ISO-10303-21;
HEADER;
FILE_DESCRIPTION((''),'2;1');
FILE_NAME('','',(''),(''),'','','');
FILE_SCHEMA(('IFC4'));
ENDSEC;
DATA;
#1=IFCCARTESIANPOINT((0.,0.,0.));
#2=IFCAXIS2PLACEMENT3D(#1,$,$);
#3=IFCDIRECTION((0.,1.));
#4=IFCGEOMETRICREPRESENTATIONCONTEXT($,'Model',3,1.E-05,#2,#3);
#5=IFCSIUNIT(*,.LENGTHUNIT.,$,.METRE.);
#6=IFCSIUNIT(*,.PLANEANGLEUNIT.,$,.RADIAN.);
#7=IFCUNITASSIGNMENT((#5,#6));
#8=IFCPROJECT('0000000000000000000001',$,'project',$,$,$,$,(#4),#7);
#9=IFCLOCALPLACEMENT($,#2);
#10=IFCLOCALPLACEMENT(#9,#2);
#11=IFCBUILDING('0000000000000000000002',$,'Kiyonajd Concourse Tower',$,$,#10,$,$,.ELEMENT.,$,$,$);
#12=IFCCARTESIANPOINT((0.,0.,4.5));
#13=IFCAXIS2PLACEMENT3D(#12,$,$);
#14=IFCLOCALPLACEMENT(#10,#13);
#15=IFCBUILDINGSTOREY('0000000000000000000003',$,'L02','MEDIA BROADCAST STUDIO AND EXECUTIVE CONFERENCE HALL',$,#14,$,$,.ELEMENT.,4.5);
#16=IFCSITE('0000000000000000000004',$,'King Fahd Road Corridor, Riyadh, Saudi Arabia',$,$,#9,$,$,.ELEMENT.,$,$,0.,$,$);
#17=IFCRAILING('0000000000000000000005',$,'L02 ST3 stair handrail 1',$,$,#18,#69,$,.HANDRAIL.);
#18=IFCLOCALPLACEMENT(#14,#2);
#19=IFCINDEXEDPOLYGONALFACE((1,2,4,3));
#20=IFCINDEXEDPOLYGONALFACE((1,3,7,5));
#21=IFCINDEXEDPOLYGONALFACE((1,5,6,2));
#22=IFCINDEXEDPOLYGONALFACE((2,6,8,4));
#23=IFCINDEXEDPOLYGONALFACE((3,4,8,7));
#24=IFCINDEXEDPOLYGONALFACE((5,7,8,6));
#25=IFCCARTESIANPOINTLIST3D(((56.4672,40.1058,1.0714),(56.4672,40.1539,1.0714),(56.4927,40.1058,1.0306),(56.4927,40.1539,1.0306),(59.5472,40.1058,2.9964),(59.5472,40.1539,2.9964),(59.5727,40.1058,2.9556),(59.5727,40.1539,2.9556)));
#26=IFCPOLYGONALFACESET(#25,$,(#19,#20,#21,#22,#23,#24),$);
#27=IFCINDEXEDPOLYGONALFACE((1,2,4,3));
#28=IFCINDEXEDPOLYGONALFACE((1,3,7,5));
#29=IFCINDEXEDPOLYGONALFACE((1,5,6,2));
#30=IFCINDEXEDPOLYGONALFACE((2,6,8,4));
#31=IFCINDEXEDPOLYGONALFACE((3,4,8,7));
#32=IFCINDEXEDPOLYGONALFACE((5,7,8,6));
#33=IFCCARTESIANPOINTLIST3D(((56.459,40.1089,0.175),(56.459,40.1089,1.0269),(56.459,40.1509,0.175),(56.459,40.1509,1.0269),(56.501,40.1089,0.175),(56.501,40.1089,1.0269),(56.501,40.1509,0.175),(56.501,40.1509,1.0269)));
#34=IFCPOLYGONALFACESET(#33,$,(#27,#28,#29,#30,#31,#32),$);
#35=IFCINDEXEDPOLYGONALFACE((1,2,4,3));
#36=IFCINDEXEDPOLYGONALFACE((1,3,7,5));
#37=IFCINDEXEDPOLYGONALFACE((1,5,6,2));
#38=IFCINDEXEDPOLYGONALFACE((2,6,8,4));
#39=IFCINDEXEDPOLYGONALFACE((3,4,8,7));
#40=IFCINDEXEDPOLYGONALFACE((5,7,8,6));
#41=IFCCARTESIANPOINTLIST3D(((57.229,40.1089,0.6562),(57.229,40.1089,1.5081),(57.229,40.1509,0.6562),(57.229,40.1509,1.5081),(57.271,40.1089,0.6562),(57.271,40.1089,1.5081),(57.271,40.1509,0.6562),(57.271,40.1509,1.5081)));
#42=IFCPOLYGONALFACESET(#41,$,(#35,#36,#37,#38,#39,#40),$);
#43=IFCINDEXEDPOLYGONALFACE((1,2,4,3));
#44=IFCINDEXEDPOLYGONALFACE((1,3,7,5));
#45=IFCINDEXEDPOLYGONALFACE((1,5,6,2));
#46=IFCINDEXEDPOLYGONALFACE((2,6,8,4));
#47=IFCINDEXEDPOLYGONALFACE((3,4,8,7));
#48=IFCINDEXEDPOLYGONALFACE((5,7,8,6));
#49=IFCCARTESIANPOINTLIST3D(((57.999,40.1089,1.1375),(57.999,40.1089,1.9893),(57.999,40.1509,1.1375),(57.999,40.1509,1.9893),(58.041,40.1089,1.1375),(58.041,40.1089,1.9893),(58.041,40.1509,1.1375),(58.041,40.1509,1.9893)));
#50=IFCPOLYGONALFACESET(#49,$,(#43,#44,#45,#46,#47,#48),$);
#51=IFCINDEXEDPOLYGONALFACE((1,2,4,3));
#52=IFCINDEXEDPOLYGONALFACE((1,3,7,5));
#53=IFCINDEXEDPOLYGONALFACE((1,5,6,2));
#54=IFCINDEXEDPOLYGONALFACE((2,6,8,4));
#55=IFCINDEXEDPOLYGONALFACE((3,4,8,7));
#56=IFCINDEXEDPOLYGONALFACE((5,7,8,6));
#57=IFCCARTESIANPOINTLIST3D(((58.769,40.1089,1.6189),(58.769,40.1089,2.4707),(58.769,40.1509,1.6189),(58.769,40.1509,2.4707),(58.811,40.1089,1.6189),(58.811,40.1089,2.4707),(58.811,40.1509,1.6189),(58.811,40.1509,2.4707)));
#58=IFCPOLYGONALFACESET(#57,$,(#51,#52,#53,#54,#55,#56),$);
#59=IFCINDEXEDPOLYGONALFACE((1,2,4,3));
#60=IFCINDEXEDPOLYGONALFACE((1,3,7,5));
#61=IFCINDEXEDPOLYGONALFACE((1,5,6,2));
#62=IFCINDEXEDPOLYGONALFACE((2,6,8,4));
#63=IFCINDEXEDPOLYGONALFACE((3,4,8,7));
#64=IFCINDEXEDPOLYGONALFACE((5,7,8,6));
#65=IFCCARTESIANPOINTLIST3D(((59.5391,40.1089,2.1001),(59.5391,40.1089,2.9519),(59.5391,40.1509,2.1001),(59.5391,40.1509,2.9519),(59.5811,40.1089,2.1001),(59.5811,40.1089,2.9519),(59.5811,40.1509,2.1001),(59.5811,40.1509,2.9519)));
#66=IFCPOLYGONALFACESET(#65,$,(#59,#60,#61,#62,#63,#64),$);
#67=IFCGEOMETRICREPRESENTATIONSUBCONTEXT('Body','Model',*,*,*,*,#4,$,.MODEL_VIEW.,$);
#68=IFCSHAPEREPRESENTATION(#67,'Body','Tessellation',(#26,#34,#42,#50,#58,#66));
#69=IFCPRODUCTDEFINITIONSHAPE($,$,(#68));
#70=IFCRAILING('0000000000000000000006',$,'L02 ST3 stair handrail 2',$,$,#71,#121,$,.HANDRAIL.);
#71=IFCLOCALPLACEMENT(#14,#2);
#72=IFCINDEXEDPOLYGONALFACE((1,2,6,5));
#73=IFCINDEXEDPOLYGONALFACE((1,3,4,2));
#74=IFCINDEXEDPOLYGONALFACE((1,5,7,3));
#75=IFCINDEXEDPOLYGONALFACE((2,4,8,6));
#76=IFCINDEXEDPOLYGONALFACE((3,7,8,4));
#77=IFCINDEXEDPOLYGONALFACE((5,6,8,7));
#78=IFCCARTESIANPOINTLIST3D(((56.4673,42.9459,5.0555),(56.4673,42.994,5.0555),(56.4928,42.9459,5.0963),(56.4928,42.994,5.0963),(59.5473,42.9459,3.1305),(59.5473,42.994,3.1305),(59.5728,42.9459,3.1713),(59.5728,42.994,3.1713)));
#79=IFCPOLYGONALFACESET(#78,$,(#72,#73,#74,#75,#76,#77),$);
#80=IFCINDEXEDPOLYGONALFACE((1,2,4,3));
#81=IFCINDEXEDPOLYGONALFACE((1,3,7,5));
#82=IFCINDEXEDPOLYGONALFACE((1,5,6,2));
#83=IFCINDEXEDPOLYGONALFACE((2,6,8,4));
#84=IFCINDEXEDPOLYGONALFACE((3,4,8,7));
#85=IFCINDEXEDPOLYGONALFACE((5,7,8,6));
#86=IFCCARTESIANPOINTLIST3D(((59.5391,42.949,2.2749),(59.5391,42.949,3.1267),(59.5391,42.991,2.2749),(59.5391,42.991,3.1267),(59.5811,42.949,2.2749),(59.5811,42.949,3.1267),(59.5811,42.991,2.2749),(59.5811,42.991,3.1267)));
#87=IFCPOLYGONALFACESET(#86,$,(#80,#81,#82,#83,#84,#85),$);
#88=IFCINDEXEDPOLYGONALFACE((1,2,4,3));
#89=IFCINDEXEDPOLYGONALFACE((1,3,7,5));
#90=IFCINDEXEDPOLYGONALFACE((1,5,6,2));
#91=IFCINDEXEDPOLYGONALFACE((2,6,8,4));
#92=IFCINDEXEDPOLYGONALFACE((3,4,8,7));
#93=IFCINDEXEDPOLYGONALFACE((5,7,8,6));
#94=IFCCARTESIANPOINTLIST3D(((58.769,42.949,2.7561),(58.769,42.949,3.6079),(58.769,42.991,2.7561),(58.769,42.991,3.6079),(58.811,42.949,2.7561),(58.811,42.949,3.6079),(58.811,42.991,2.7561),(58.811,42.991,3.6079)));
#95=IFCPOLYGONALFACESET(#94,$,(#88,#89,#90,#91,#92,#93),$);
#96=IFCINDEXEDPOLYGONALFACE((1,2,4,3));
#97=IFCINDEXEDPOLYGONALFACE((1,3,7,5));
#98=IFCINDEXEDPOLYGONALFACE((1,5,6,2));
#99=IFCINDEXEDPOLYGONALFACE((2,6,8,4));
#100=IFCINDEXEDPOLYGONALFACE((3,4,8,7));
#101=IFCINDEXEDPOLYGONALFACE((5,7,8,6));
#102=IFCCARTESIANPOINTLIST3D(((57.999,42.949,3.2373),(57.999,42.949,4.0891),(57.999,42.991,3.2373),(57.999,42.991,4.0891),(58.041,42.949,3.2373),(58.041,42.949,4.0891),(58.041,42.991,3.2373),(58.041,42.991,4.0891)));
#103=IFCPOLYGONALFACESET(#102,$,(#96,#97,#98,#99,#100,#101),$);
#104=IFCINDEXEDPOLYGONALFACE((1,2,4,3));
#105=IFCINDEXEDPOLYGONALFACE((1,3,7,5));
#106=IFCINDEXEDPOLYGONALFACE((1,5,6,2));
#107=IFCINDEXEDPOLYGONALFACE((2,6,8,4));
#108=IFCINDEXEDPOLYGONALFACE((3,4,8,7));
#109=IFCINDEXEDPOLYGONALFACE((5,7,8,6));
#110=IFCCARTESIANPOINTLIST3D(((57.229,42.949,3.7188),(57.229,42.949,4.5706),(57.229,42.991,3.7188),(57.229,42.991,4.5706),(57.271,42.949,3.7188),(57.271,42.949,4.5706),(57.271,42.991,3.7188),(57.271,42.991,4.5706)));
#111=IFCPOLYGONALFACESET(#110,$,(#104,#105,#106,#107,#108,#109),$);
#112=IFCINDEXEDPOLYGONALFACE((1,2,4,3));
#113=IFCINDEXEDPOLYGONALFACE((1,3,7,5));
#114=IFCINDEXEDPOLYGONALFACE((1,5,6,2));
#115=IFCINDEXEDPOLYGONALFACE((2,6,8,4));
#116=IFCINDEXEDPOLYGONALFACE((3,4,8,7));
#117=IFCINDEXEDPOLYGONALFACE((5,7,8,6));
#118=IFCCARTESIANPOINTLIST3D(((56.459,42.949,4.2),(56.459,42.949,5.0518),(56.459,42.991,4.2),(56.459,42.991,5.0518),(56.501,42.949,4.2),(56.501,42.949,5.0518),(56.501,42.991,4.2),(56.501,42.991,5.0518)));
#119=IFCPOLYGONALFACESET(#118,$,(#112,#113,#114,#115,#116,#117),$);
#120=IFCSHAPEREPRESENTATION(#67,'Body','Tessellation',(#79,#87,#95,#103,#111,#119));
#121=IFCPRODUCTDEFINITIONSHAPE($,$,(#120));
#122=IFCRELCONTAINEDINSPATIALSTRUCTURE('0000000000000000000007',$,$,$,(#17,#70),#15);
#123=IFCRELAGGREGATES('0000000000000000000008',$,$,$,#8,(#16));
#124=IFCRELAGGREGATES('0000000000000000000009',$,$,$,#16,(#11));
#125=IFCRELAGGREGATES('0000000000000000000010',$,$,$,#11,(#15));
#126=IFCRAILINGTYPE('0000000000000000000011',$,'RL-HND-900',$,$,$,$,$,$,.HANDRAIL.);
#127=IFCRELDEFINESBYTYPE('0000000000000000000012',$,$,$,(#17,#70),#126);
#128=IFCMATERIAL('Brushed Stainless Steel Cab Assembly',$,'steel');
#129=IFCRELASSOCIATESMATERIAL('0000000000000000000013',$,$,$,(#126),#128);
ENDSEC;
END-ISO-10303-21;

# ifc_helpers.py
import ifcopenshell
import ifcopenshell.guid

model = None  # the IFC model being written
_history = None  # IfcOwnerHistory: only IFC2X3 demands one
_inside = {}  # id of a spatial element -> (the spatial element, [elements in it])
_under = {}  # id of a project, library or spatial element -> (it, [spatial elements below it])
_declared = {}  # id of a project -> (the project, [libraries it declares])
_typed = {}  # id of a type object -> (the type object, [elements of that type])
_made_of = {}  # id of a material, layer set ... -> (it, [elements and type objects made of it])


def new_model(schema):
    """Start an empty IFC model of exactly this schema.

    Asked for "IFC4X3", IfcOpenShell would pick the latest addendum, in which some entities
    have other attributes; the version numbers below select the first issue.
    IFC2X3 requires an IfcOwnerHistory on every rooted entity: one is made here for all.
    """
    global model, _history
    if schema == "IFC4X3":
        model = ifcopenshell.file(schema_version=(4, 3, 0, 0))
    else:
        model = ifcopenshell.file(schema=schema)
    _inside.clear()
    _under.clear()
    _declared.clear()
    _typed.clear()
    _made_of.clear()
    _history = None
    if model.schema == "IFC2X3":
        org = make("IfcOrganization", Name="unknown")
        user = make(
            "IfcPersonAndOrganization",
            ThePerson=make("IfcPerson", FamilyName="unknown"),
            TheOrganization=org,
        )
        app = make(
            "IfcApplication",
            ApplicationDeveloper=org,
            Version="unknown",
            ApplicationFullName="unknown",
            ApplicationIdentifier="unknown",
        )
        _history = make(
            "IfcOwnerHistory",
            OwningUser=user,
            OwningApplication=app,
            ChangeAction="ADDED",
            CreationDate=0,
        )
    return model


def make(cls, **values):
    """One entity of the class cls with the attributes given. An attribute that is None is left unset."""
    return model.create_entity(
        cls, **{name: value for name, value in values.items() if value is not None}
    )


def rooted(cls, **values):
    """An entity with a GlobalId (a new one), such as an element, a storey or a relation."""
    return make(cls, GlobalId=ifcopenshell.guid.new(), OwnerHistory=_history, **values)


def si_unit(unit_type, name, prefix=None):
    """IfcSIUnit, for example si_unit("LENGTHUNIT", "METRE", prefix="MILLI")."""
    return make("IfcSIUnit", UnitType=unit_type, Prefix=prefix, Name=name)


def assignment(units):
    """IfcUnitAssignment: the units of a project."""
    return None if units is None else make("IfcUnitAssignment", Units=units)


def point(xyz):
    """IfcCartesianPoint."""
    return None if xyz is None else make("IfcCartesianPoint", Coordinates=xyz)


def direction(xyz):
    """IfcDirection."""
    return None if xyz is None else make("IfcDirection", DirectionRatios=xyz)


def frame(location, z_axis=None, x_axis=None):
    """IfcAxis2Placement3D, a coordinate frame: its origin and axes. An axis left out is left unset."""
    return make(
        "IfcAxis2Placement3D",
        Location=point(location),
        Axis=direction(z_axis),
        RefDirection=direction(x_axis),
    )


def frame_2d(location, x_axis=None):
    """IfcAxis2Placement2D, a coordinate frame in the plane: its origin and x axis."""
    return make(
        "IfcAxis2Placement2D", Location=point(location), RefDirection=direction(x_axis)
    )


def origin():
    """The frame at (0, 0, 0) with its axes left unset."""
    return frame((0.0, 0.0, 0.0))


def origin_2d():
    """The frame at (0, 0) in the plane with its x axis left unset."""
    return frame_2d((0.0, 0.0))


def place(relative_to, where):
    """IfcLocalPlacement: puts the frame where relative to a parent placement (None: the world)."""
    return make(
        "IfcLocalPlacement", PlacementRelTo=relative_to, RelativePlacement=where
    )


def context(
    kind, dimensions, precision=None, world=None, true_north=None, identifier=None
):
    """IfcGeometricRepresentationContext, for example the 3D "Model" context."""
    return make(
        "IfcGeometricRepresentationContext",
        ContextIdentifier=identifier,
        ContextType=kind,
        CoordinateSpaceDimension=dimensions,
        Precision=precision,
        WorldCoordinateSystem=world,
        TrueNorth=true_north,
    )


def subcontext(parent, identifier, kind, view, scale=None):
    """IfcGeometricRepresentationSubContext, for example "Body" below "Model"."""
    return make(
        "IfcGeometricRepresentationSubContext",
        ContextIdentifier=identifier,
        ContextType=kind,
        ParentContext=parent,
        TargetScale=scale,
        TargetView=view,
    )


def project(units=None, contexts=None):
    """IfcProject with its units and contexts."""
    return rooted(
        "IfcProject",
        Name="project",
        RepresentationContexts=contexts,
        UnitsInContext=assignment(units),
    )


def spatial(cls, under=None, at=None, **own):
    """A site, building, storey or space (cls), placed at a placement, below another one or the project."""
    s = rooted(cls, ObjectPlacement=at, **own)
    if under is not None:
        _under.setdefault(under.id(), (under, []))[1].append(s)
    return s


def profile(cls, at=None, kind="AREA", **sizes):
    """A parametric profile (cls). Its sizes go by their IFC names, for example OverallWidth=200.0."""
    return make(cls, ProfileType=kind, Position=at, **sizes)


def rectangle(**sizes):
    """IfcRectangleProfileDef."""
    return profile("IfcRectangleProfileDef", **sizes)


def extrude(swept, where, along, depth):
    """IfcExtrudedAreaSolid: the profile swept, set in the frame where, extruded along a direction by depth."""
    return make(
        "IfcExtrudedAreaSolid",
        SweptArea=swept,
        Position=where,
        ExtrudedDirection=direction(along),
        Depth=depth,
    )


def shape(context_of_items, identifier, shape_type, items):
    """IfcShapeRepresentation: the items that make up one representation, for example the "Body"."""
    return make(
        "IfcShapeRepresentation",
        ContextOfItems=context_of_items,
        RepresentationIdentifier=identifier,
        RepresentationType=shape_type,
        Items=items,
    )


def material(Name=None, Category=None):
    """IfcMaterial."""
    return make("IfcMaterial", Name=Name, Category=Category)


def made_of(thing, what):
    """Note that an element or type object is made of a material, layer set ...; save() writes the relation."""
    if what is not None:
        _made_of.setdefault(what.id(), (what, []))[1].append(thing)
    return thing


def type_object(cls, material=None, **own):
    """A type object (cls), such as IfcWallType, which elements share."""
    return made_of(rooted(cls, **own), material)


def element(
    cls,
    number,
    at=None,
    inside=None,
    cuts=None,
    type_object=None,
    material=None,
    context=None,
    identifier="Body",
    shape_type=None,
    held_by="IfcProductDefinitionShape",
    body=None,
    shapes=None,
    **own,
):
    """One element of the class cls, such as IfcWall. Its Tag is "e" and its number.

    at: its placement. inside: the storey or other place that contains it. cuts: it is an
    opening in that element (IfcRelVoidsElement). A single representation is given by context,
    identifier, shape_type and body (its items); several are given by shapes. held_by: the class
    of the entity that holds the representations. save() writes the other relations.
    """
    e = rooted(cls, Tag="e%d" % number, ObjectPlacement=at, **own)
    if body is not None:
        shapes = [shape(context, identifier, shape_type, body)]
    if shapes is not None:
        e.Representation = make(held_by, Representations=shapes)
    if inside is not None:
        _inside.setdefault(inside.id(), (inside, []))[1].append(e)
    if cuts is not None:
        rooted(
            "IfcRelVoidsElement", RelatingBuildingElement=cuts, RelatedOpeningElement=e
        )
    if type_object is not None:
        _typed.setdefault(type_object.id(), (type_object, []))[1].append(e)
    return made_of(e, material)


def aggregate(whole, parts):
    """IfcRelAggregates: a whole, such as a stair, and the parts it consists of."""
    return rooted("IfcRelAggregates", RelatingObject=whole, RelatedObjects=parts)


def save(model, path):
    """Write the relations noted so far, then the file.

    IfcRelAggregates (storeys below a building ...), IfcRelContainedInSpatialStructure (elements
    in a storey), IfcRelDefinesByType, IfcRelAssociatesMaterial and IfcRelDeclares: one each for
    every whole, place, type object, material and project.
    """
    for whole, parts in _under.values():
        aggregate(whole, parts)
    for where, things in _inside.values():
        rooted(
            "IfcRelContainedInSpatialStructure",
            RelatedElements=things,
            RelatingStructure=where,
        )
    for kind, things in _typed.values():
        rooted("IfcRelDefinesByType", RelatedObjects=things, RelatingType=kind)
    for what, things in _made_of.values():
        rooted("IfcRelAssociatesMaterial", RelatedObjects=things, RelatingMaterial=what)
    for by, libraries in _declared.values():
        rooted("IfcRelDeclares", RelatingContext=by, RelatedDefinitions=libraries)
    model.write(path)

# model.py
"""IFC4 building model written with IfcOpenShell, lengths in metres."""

from ifc_helpers import new_model, si_unit, direction, frame, origin, origin_2d, place, context, subcontext, project, spatial, rectangle, extrude, material, type_object, element, save


model = new_model("IFC4")

# Units and contexts
model_context = context("Model", 3, precision=1e-05, world=origin(), true_north=direction((0.0, 1.0)))
body_context = subcontext(model_context, "Body", "Model", "MODEL_VIEW")
ifc_project = project(units=[si_unit("LENGTHUNIT", "METRE"), si_unit("PLANEANGLEUNIT", "RADIAN")], contexts=[model_context])

# Site, building, storey
site_placement = place(None, origin())
site = spatial("IfcSite", under=ifc_project, at=site_placement, Name="King Fahd Road Corridor, Riyadh, Saudi Arabia", CompositionType="ELEMENT", RefElevation=0.0)
building_placement = place(site_placement, origin())
building = spatial("IfcBuilding", under=site, at=building_placement, Name="Kiyonajd Concourse Tower", CompositionType="ELEMENT")
storey_placement = place(building_placement, frame((0.0, 0.0, 4.5)))
storey = spatial("IfcBuildingStorey", under=building, at=storey_placement, Name="L02", Description="MEDIA BROADCAST STUDIO AND EXECUTIVE CONFERENCE HALL", CompositionType="ELEMENT", Elevation=4.5)

# Shared definitions
ifc_material_1 = material(Name="Brushed Stainless Steel Cab Assembly", Category="steel")

# Railings
railing_type_1 = type_object("IfcRailingType", Name="RL-HND-900", PredefinedType="HANDRAIL", material=ifc_material_1)
railing_1_placement = place(storey_placement, frame((56.48, 40.1299, 0.175)))
element("IfcRailing", 1, at=railing_1_placement, inside=storey, type_object=railing_type_1, Name="L02 ST3 stair handrail 1", PredefinedType="HANDRAIL", context=body_context, shape_type="SweptSolid", body=[
    extrude(rectangle(XDim=0.0481, YDim=0.0481, at=origin_2d()), frame((0.0, 0.0, 0.876), z_axis=(0.847998, 0.0, 0.529999), x_axis=(0.0, 1.0, 0.0)), (0.0, 0.0, 1.0), 3.6321),
    extrude(rectangle(XDim=0.042, YDim=0.042, at=origin_2d()), origin(), (0.0, 0.0, 1.0), 0.8518),
    extrude(rectangle(XDim=0.042, YDim=0.042, at=origin_2d()), frame((0.77, 0.0, 0.4812)), (0.0, 0.0, 1.0), 0.8518),
    extrude(rectangle(XDim=0.042, YDim=0.042, at=origin_2d()), frame((1.54, 0.0, 0.9624)), (0.0, 0.0, 1.0), 0.8518),
    extrude(rectangle(XDim=0.042, YDim=0.042, at=origin_2d()), frame((2.3101, 0.0, 1.4438)), (0.0, 0.0, 1.0), 0.8518),
    extrude(rectangle(XDim=0.042, YDim=0.042, at=origin_2d()), frame((3.0801, 0.0, 1.925)), (0.0, 0.0, 1.0), 0.8518),
])
railing_2_placement = place(storey_placement, frame((59.5601, 42.97, 2.2749)))
element("IfcRailing", 2, at=railing_2_placement, inside=storey, type_object=railing_type_1, Name="L02 ST3 stair handrail 2", PredefinedType="HANDRAIL", context=body_context, shape_type="SweptSolid", body=[
    extrude(rectangle(XDim=0.0481, YDim=0.0481, at=origin_2d()), frame((0.0, 0.0, 0.876), z_axis=(-0.847998, 0.0, 0.529999), x_axis=(0.0, -1.0, 0.0)), (0.0, 0.0, 1.0), 3.6321),
    extrude(rectangle(XDim=0.042, YDim=0.042, at=origin_2d()), origin(), (0.0, 0.0, 1.0), 0.8518),
    extrude(rectangle(XDim=0.042, YDim=0.042, at=origin_2d()), frame((-0.77, 0.0, 0.4812)), (0.0, 0.0, 1.0), 0.8518),
    extrude(rectangle(XDim=0.042, YDim=0.042, at=origin_2d()), frame((-1.54, 0.0, 0.9624)), (0.0, 0.0, 1.0), 0.8518),
    extrude(rectangle(XDim=0.042, YDim=0.042, at=origin_2d()), frame((-2.3101, 0.0, 1.4438)), (0.0, 0.0, 1.0), 0.8518),
    extrude(rectangle(XDim=0.042, YDim=0.042, at=origin_2d()), frame((-3.0801, 0.0, 1.925)), (0.0, 0.0, 1.0), 0.8518),
])

save(model, "model.ifc")
